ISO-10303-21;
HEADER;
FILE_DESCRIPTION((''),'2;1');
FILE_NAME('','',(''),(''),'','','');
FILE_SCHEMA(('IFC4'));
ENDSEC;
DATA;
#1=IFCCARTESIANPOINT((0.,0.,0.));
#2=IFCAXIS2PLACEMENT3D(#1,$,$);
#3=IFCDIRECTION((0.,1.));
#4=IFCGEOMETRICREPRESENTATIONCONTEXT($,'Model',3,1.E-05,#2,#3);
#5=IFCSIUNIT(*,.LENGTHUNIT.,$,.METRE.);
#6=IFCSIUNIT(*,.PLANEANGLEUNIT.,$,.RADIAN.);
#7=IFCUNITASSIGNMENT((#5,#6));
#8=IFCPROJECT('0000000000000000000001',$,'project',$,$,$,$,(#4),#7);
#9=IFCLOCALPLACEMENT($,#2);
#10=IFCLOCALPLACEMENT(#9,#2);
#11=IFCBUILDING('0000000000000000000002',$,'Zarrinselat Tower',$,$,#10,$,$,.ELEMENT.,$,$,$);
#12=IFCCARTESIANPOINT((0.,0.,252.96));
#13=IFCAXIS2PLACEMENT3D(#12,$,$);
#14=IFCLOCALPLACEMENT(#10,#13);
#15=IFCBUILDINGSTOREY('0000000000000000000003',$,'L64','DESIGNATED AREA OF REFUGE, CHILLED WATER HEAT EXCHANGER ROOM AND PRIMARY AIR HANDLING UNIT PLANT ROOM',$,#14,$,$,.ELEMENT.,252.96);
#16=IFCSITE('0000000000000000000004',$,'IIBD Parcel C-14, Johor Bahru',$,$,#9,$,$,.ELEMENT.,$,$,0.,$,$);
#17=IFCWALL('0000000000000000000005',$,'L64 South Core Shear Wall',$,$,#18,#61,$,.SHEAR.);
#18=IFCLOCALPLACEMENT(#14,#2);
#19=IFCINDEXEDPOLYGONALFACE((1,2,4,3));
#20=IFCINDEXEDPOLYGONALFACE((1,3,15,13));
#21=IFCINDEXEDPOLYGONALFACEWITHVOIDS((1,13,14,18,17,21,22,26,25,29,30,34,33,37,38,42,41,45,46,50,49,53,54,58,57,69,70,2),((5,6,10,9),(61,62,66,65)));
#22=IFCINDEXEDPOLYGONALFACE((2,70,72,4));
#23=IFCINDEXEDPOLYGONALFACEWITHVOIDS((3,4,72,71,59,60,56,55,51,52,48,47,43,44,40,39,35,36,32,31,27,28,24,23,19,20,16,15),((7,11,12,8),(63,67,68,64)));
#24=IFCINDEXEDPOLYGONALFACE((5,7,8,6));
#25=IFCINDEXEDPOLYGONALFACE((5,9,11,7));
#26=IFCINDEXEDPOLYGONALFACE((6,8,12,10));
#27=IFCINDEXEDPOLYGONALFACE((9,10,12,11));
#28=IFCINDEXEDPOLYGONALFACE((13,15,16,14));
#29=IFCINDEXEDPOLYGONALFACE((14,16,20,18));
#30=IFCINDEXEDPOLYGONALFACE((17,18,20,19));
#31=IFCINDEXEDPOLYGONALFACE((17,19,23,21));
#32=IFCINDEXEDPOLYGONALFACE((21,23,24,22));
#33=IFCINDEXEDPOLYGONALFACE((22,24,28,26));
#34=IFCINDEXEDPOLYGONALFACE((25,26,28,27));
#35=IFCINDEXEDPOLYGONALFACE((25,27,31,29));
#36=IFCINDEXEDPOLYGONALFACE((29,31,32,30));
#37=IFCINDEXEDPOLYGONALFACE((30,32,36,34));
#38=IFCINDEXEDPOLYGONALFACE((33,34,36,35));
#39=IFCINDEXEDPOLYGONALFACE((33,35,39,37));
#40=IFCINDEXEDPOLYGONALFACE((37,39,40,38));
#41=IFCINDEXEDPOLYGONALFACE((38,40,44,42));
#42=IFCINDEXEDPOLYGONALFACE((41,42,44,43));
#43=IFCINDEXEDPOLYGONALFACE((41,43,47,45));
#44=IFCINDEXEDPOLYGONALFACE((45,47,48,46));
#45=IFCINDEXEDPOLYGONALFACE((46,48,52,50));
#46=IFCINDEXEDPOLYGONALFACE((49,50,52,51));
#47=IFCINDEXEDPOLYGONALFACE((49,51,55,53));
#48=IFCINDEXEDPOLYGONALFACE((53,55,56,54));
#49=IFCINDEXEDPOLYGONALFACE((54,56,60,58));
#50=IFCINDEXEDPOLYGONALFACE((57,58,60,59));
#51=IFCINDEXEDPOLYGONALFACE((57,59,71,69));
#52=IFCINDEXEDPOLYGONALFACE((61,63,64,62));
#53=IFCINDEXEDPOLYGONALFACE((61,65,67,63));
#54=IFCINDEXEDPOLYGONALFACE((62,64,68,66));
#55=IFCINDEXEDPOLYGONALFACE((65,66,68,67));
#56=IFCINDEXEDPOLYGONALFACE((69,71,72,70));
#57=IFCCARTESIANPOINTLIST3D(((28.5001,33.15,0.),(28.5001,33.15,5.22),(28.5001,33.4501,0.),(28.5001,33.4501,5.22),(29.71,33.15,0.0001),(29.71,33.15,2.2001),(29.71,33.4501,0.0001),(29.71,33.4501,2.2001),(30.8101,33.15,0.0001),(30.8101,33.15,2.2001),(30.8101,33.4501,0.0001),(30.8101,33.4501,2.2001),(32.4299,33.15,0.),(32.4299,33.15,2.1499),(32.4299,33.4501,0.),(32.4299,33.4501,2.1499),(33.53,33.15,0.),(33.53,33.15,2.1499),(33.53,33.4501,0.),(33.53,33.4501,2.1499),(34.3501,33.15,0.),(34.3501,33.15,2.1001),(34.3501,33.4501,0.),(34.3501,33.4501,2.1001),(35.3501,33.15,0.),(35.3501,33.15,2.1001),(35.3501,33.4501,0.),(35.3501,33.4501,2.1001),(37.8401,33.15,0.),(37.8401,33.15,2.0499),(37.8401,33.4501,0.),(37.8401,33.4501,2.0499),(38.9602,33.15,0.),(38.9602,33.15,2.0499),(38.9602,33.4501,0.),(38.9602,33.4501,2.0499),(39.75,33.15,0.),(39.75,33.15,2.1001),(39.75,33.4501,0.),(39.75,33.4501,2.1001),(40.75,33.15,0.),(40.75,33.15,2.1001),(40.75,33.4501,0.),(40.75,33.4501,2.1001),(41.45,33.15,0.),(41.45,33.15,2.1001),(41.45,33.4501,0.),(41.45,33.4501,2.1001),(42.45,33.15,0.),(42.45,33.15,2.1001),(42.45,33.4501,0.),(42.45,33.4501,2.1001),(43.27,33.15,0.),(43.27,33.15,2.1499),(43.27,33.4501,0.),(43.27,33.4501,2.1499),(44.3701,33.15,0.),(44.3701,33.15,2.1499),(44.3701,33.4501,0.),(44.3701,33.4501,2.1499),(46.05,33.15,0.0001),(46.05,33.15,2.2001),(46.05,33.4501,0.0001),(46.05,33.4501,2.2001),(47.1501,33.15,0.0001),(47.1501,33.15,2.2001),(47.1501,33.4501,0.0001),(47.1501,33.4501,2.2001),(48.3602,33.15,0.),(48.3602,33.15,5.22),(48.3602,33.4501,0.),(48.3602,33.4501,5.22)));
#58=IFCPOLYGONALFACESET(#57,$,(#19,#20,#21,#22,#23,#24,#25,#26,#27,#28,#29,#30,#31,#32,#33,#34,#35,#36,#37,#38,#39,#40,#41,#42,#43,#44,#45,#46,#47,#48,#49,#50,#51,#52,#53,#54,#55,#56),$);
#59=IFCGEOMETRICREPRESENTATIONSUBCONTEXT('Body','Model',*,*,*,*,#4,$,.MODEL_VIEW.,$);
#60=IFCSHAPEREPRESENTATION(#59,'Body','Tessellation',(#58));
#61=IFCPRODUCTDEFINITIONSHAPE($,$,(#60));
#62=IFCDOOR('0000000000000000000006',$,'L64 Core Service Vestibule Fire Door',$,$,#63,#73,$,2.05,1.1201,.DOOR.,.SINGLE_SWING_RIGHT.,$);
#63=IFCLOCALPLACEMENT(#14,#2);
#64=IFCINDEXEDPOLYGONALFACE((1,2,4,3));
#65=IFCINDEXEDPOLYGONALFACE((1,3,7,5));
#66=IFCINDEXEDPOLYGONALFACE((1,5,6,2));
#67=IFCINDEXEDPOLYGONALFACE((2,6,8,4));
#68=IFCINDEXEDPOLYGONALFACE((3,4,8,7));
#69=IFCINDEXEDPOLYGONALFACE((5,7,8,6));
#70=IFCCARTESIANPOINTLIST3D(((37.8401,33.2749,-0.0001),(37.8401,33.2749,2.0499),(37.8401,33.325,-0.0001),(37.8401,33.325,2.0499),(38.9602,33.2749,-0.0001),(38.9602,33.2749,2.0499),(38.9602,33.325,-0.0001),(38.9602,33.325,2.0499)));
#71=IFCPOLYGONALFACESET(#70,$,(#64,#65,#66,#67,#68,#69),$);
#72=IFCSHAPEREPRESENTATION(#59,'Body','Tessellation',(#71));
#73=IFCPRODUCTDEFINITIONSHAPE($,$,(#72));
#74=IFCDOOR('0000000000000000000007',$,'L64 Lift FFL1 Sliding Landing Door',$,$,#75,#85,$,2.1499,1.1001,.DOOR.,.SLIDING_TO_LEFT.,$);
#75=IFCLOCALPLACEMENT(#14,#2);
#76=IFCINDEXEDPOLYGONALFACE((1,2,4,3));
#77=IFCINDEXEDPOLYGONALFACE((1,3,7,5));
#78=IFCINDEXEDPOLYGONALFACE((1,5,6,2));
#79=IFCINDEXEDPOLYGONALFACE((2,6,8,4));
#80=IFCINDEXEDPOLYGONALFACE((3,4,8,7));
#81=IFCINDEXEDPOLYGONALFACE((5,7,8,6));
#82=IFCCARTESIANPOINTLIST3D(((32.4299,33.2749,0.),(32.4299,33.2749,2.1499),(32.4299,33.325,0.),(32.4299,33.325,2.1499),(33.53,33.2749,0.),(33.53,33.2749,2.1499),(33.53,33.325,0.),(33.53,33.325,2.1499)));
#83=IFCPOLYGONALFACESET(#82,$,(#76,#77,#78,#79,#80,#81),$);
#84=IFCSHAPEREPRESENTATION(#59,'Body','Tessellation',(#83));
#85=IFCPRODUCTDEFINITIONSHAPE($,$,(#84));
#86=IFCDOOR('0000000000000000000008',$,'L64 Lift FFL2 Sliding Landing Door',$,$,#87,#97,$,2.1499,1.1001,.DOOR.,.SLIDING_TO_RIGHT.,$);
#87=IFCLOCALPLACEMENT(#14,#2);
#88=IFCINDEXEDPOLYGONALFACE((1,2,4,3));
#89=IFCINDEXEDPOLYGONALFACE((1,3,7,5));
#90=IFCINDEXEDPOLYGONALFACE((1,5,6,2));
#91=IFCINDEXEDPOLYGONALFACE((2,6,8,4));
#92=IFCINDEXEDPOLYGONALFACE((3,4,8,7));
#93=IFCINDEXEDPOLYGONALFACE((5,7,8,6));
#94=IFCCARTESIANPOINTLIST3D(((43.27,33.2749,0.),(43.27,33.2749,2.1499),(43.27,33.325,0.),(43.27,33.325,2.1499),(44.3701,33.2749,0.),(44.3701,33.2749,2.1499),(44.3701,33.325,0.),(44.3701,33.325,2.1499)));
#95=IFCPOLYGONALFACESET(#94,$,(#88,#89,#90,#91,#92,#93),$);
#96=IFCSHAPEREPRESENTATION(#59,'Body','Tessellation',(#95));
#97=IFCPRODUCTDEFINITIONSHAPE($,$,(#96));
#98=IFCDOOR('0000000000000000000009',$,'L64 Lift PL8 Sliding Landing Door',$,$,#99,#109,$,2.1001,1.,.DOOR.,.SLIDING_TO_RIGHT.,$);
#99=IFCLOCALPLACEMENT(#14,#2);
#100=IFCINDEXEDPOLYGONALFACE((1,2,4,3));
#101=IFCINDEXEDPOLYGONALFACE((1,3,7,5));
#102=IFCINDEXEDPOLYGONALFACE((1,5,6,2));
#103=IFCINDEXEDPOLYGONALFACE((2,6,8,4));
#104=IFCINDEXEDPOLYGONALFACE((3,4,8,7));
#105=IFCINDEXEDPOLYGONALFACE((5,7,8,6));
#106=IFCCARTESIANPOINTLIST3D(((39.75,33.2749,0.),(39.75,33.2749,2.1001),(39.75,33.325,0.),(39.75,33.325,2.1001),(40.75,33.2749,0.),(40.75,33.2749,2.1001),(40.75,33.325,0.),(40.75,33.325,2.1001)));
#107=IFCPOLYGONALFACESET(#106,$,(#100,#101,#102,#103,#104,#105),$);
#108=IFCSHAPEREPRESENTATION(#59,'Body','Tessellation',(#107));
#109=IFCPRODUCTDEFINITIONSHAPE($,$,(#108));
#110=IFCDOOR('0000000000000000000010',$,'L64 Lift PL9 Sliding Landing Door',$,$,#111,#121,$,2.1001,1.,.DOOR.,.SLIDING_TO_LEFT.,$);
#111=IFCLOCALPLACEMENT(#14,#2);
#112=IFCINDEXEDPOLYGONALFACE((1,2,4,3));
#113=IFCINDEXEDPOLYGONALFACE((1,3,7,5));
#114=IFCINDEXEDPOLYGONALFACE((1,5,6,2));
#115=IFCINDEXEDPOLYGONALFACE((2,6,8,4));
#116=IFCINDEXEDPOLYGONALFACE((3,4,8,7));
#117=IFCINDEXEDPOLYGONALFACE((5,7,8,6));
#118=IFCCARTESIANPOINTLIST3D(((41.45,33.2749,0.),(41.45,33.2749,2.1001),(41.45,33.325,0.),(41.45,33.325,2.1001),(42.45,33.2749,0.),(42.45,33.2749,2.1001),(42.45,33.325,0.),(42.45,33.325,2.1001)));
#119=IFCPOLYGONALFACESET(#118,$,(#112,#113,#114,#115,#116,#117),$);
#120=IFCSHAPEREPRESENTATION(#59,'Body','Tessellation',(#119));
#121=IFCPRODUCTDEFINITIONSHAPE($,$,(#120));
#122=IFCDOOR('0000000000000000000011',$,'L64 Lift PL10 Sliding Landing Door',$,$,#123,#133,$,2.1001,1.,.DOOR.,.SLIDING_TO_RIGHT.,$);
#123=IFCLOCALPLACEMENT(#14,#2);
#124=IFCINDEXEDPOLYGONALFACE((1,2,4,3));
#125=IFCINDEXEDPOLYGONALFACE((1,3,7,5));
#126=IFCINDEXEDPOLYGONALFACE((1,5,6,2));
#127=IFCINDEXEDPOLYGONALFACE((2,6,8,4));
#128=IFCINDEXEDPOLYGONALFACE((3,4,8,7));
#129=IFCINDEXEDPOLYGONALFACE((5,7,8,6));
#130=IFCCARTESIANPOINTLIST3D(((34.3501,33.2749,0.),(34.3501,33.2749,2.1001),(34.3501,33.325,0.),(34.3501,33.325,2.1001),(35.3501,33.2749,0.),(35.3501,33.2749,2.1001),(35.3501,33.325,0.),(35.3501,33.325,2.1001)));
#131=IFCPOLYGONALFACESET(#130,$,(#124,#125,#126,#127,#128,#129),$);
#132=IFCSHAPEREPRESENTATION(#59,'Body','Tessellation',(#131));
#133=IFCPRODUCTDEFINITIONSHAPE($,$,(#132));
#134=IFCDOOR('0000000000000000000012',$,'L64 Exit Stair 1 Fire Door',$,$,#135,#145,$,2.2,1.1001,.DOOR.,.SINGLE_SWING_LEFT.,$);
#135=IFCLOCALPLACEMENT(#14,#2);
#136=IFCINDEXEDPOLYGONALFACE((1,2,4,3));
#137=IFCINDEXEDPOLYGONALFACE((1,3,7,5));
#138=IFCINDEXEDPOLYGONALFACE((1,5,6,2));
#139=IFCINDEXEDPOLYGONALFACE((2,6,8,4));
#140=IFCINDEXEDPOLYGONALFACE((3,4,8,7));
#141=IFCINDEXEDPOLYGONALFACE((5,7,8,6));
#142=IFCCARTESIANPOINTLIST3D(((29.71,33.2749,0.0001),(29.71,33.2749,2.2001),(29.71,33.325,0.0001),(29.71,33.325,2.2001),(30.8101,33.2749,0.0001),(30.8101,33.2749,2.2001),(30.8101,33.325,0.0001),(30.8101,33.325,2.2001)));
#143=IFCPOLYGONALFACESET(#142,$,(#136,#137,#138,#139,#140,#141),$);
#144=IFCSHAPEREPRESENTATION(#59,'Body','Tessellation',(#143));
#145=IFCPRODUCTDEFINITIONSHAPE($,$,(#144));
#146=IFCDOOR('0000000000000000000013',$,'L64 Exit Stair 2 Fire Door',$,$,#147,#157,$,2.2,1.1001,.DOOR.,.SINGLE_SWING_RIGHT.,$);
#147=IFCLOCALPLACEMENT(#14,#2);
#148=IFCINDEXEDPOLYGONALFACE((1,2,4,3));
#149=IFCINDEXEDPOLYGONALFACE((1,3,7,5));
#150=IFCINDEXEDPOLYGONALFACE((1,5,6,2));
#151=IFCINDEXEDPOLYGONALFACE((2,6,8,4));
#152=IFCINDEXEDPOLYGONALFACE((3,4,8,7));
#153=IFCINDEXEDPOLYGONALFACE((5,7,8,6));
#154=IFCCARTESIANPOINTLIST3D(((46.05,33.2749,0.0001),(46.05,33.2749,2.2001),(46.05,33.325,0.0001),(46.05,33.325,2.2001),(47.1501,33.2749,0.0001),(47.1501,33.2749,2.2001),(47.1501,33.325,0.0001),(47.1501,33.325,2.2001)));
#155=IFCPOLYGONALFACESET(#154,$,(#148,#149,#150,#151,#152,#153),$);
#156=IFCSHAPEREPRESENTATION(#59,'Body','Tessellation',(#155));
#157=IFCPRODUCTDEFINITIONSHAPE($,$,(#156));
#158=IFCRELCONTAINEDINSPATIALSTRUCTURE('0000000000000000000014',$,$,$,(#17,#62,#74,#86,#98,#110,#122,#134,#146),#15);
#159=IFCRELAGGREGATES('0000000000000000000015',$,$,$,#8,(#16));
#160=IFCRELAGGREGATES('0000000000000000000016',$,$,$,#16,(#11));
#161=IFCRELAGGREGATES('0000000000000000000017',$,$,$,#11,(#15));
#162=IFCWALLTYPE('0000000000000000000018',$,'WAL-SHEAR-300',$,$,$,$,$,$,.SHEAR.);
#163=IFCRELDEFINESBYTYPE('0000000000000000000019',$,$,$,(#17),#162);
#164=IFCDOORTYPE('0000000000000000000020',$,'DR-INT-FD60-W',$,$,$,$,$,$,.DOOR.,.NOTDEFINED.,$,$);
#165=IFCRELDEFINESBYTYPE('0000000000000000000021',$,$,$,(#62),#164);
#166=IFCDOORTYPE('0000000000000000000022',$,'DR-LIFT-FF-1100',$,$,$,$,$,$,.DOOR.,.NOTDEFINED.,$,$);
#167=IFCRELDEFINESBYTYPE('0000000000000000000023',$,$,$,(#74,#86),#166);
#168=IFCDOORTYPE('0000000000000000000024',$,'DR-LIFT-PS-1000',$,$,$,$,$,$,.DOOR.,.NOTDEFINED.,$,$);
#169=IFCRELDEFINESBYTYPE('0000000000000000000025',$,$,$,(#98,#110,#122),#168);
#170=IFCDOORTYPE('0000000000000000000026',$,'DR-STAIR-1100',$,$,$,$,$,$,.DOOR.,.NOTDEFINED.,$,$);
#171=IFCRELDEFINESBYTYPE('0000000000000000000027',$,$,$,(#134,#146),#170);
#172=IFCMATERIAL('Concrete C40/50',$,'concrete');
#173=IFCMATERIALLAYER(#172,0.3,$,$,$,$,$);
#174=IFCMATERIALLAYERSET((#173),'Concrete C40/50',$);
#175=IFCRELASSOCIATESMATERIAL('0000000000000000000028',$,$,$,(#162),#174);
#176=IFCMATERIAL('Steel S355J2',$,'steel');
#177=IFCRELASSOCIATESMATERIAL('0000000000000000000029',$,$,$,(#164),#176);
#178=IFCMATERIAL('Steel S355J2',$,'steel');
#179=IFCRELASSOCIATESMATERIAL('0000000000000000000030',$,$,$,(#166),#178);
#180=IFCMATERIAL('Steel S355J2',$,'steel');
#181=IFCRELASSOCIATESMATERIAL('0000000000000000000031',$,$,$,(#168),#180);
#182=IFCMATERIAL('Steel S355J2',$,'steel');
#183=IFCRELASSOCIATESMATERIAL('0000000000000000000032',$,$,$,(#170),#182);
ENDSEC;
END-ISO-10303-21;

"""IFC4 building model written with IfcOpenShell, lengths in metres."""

from ifc_helpers import new_model, si_unit, direction, frame, frame_2d, origin, place, context, subcontext, project, spatial, rectangle, extrude, material, layer, layer_set, type_object, element, fill, save


model = new_model("IFC4")

# Units and contexts
model_context = context("Model", 3, precision=1e-05, world=origin(), true_north=direction((0.0, 1.0)))
body_context = subcontext(model_context, "Body", "Model", "MODEL_VIEW")
ifc_project = project(units=[si_unit("LENGTHUNIT", "METRE"), si_unit("PLANEANGLEUNIT", "RADIAN")], contexts=[model_context])

# Site, building, storey
site_placement = place(None, origin())
site = spatial("IfcSite", under=ifc_project, at=site_placement, Name="IIBD Parcel C-14, Johor Bahru", CompositionType="ELEMENT", RefElevation=0.0)
building_placement = place(site_placement, origin())
building = spatial("IfcBuilding", under=site, at=building_placement, Name="Zarrinselat Tower", CompositionType="ELEMENT")
storey_placement = place(building_placement, frame((0.0, 0.0, 252.96)))
storey = spatial("IfcBuildingStorey", under=building, at=storey_placement, Name="L64", Description="DESIGNATED AREA OF REFUGE, CHILLED WATER HEAT EXCHANGER ROOM AND PRIMARY AIR HANDLING UNIT PLANT ROOM", CompositionType="ELEMENT", Elevation=252.96)

# Wall, openings, doors
ifc_material_1 = material(Name="Concrete C40/50", Category="concrete")
ifc_layer_1 = layer(ifc_material_1, 0.3)
ifc_layer_set_1 = layer_set([ifc_layer_1], Name="Concrete C40/50")
wall_type = type_object("IfcWallType", Name="WAL-SHEAR-300", PredefinedType="SHEAR", material=ifc_layer_set_1)
wall_1_placement = place(storey_placement, frame((28.5, 33.3, 0.0), z_axis=(0.0, 0.0, 1.0), x_axis=(1.0, 0.0, 0.0)))
wall_1 = element("IfcWall", 1, at=wall_1_placement, inside=storey, type_object=wall_type, Name="L64 South Core Shear Wall", PredefinedType="SHEAR", context=body_context, shape_type="SweptSolid", body=[
    extrude(rectangle(XDim=19.8601, YDim=0.3, at=frame_2d((9.9302, 0.0))), origin(), (0.0, 0.0, 1.0), 5.22),
])
opening_1_placement = place(wall_1_placement, frame((3.9299, 0.0, 0.0)))
opening_1 = element("IfcOpeningElement", 2, at=opening_1_placement, cuts=wall_1, PredefinedType="OPENING", context=body_context, shape_type="SweptSolid", body=[
    extrude(rectangle(XDim=1.1001, YDim=2.1499, at=frame_2d((0.55, 1.075))), frame((0.0, 0.1599, 0.0), z_axis=(0.0, -1.0, 0.0), x_axis=(1.0, 0.0, 0.0)), (0.0, 0.0, 1.0), 0.3201),
])
opening_2_placement = place(wall_1_placement, frame((14.77, 0.0, 0.0)))
opening_2 = element("IfcOpeningElement", 3, at=opening_2_placement, cuts=wall_1, PredefinedType="OPENING", context=body_context, shape_type="SweptSolid", body=[
    extrude(rectangle(XDim=1.1001, YDim=2.1499, at=frame_2d((0.55, 1.075))), frame((0.0, 0.1599, 0.0), z_axis=(0.0, -1.0, 0.0), x_axis=(1.0, 0.0, 0.0)), (0.0, 0.0, 1.0), 0.3201),
])
opening_3_placement = place(wall_1_placement, frame((11.25, 0.0, 0.0)))
opening_3 = element("IfcOpeningElement", 4, at=opening_3_placement, cuts=wall_1, PredefinedType="OPENING", context=body_context, shape_type="SweptSolid", body=[
    extrude(rectangle(XDim=1.0, YDim=2.1001, at=frame_2d((0.5, 1.05))), frame((0.0, 0.1599, 0.0), z_axis=(0.0, -1.0, 0.0), x_axis=(1.0, 0.0, 0.0)), (0.0, 0.0, 1.0), 0.3201),
])
opening_4_placement = place(wall_1_placement, frame((12.95, 0.0, 0.0)))
opening_4 = element("IfcOpeningElement", 5, at=opening_4_placement, cuts=wall_1, PredefinedType="OPENING", context=body_context, shape_type="SweptSolid", body=[
    extrude(rectangle(XDim=1.0, YDim=2.1001, at=frame_2d((0.5, 1.05))), frame((0.0, 0.1599, 0.0), z_axis=(0.0, -1.0, 0.0), x_axis=(1.0, 0.0, 0.0)), (0.0, 0.0, 1.0), 0.3201),
])
opening_5_placement = place(wall_1_placement, frame((5.8501, 0.0, 0.0)))
opening_5 = element("IfcOpeningElement", 6, at=opening_5_placement, cuts=wall_1, PredefinedType="OPENING", context=body_context, shape_type="SweptSolid", body=[
    extrude(rectangle(XDim=1.0, YDim=2.1001, at=frame_2d((0.5, 1.05))), frame((0.0, 0.1599, 0.0), z_axis=(0.0, -1.0, 0.0), x_axis=(1.0, 0.0, 0.0)), (0.0, 0.0, 1.0), 0.3201),
])
opening_6_placement = place(wall_1_placement, frame((1.21, 0.0, 0.0)))
opening_6 = element("IfcOpeningElement", 7, at=opening_6_placement, cuts=wall_1, PredefinedType="OPENING", context=body_context, shape_type="SweptSolid", body=[
    extrude(rectangle(XDim=1.1001, YDim=2.2, at=frame_2d((0.55, 1.1001))), frame((0.0, 0.1599, 0.0), z_axis=(0.0, -1.0, 0.0), x_axis=(1.0, 0.0, 0.0)), (0.0, 0.0, 1.0), 0.3201),
])
opening_7_placement = place(wall_1_placement, frame((9.3401, 0.0, 0.0)))
opening_7 = element("IfcOpeningElement", 8, at=opening_7_placement, cuts=wall_1, PredefinedType="OPENING", context=body_context, shape_type="SweptSolid", body=[
    extrude(rectangle(XDim=1.1201, YDim=2.05, at=frame_2d((0.5601, 1.0249))), frame((0.0, 0.1599, 0.0), z_axis=(0.0, -1.0, 0.0), x_axis=(1.0, 0.0, 0.0)), (0.0, 0.0, 1.0), 0.3201),
])
opening_8_placement = place(wall_1_placement, frame((17.55, 0.0, 0.0)))
opening_8 = element("IfcOpeningElement", 9, at=opening_8_placement, cuts=wall_1, PredefinedType="OPENING", context=body_context, shape_type="SweptSolid", body=[
    extrude(rectangle(XDim=1.1001, YDim=2.2, at=frame_2d((0.55, 1.1001))), frame((0.0, 0.1599, 0.0), z_axis=(0.0, -1.0, 0.0), x_axis=(1.0, 0.0, 0.0)), (0.0, 0.0, 1.0), 0.3201),
])
ifc_material_2 = material(Name="Steel S355J2", Category="steel")
door_type_1 = type_object("IfcDoorType", Name="DR-INT-FD60-W", OperationType="NOTDEFINED", PredefinedType="DOOR", material=ifc_material_2)
door_1_placement = place(opening_7_placement, origin())
door_1 = element("IfcDoor", 10, at=door_1_placement, inside=storey, type_object=door_type_1, Name="L64 Core Service Vestibule Fire Door", OperationType="SINGLE_SWING_RIGHT", OverallHeight=2.05, OverallWidth=1.1201, PredefinedType="DOOR", context=body_context, shape_type="SweptSolid", body=[
    extrude(rectangle(XDim=1.1201, YDim=2.05, at=frame_2d((0.5601, 1.0249))), frame((0.0, 0.0249, 0.0), z_axis=(0.0, -1.0, 0.0), x_axis=(1.0, 0.0, 0.0)), (0.0, 0.0, 1.0), 0.05),
])
fill(opening_7, door_1)
ifc_material_3 = material(Name="Steel S355J2", Category="steel")
door_type_2 = type_object("IfcDoorType", Name="DR-LIFT-FF-1100", OperationType="NOTDEFINED", PredefinedType="DOOR", material=ifc_material_3)
door_2_placement = place(opening_1_placement, origin())
door_2 = element("IfcDoor", 11, at=door_2_placement, inside=storey, type_object=door_type_2, Name="L64 Lift FFL1 Sliding Landing Door", OperationType="SLIDING_TO_LEFT", OverallHeight=2.1499, OverallWidth=1.1001, PredefinedType="DOOR", context=body_context, shape_type="SweptSolid", body=[
    extrude(rectangle(XDim=1.1001, YDim=2.1499, at=frame_2d((0.55, 1.075))), frame((0.0, 0.0249, 0.0), z_axis=(0.0, -1.0, 0.0), x_axis=(1.0, 0.0, 0.0)), (0.0, 0.0, 1.0), 0.05),
])
fill(opening_1, door_2)
door_3_placement = place(opening_2_placement, origin())
door_3 = element("IfcDoor", 12, at=door_3_placement, inside=storey, type_object=door_type_2, Name="L64 Lift FFL2 Sliding Landing Door", OperationType="SLIDING_TO_RIGHT", OverallHeight=2.1499, OverallWidth=1.1001, PredefinedType="DOOR", context=body_context, shape_type="SweptSolid", body=[
    extrude(rectangle(XDim=1.1001, YDim=2.1499, at=frame_2d((0.55, 1.075))), frame((0.0, 0.0249, 0.0), z_axis=(0.0, -1.0, 0.0), x_axis=(1.0, 0.0, 0.0)), (0.0, 0.0, 1.0), 0.05),
])
fill(opening_2, door_3)
ifc_material_4 = material(Name="Steel S355J2", Category="steel")
door_type_3 = type_object("IfcDoorType", Name="DR-LIFT-PS-1000", OperationType="NOTDEFINED", PredefinedType="DOOR", material=ifc_material_4)
door_4_placement = place(opening_3_placement, origin())
door_4 = element("IfcDoor", 13, at=door_4_placement, inside=storey, type_object=door_type_3, Name="L64 Lift PL8 Sliding Landing Door", OperationType="SLIDING_TO_RIGHT", OverallHeight=2.1001, OverallWidth=1.0, PredefinedType="DOOR", context=body_context, shape_type="SweptSolid", body=[
    extrude(rectangle(XDim=1.0, YDim=2.1001, at=frame_2d((0.5, 1.05))), frame((0.0, 0.0249, 0.0), z_axis=(0.0, -1.0, 0.0), x_axis=(1.0, 0.0, 0.0)), (0.0, 0.0, 1.0), 0.05),
])
fill(opening_3, door_4)
door_5_placement = place(opening_4_placement, origin())
door_5 = element("IfcDoor", 14, at=door_5_placement, inside=storey, type_object=door_type_3, Name="L64 Lift PL9 Sliding Landing Door", OperationType="SLIDING_TO_LEFT", OverallHeight=2.1001, OverallWidth=1.0, PredefinedType="DOOR", context=body_context, shape_type="SweptSolid", body=[
    extrude(rectangle(XDim=1.0, YDim=2.1001, at=frame_2d((0.5, 1.05))), frame((0.0, 0.0249, 0.0), z_axis=(0.0, -1.0, 0.0), x_axis=(1.0, 0.0, 0.0)), (0.0, 0.0, 1.0), 0.05),
])
fill(opening_4, door_5)
door_6_placement = place(opening_5_placement, origin())
door_6 = element("IfcDoor", 15, at=door_6_placement, inside=storey, type_object=door_type_3, Name="L64 Lift PL10 Sliding Landing Door", OperationType="SLIDING_TO_RIGHT", OverallHeight=2.1001, OverallWidth=1.0, PredefinedType="DOOR", context=body_context, shape_type="SweptSolid", body=[
    extrude(rectangle(XDim=1.0, YDim=2.1001, at=frame_2d((0.5, 1.05))), frame((0.0, 0.0249, 0.0), z_axis=(0.0, -1.0, 0.0), x_axis=(1.0, 0.0, 0.0)), (0.0, 0.0, 1.0), 0.05),
])
fill(opening_5, door_6)
ifc_material_5 = material(Name="Steel S355J2", Category="steel")
door_type_4 = type_object("IfcDoorType", Name="DR-STAIR-1100", OperationType="NOTDEFINED", PredefinedType="DOOR", material=ifc_material_5)
door_7_placement = place(opening_6_placement, origin())
door_7 = element("IfcDoor", 16, at=door_7_placement, inside=storey, type_object=door_type_4, Name="L64 Exit Stair 1 Fire Door", OperationType="SINGLE_SWING_LEFT", OverallHeight=2.2, OverallWidth=1.1001, PredefinedType="DOOR", context=body_context, shape_type="SweptSolid", body=[
    extrude(rectangle(XDim=1.1001, YDim=2.2, at=frame_2d((0.55, 1.1001))), frame((0.0, 0.0249, 0.0), z_axis=(0.0, -1.0, 0.0), x_axis=(1.0, 0.0, 0.0)), (0.0, 0.0, 1.0), 0.05),
])
fill(opening_6, door_7)
door_8_placement = place(opening_8_placement, origin())
door_8 = element("IfcDoor", 17, at=door_8_placement, inside=storey, type_object=door_type_4, Name="L64 Exit Stair 2 Fire Door", OperationType="SINGLE_SWING_RIGHT", OverallHeight=2.2, OverallWidth=1.1001, PredefinedType="DOOR", context=body_context, shape_type="SweptSolid", body=[
    extrude(rectangle(XDim=1.1001, YDim=2.2, at=frame_2d((0.55, 1.1001))), frame((0.0, 0.0249, 0.0), z_axis=(0.0, -1.0, 0.0), x_axis=(1.0, 0.0, 0.0)), (0.0, 0.0, 1.0), 0.05),
])
fill(opening_8, door_8)

save(model, "model.ifc")
